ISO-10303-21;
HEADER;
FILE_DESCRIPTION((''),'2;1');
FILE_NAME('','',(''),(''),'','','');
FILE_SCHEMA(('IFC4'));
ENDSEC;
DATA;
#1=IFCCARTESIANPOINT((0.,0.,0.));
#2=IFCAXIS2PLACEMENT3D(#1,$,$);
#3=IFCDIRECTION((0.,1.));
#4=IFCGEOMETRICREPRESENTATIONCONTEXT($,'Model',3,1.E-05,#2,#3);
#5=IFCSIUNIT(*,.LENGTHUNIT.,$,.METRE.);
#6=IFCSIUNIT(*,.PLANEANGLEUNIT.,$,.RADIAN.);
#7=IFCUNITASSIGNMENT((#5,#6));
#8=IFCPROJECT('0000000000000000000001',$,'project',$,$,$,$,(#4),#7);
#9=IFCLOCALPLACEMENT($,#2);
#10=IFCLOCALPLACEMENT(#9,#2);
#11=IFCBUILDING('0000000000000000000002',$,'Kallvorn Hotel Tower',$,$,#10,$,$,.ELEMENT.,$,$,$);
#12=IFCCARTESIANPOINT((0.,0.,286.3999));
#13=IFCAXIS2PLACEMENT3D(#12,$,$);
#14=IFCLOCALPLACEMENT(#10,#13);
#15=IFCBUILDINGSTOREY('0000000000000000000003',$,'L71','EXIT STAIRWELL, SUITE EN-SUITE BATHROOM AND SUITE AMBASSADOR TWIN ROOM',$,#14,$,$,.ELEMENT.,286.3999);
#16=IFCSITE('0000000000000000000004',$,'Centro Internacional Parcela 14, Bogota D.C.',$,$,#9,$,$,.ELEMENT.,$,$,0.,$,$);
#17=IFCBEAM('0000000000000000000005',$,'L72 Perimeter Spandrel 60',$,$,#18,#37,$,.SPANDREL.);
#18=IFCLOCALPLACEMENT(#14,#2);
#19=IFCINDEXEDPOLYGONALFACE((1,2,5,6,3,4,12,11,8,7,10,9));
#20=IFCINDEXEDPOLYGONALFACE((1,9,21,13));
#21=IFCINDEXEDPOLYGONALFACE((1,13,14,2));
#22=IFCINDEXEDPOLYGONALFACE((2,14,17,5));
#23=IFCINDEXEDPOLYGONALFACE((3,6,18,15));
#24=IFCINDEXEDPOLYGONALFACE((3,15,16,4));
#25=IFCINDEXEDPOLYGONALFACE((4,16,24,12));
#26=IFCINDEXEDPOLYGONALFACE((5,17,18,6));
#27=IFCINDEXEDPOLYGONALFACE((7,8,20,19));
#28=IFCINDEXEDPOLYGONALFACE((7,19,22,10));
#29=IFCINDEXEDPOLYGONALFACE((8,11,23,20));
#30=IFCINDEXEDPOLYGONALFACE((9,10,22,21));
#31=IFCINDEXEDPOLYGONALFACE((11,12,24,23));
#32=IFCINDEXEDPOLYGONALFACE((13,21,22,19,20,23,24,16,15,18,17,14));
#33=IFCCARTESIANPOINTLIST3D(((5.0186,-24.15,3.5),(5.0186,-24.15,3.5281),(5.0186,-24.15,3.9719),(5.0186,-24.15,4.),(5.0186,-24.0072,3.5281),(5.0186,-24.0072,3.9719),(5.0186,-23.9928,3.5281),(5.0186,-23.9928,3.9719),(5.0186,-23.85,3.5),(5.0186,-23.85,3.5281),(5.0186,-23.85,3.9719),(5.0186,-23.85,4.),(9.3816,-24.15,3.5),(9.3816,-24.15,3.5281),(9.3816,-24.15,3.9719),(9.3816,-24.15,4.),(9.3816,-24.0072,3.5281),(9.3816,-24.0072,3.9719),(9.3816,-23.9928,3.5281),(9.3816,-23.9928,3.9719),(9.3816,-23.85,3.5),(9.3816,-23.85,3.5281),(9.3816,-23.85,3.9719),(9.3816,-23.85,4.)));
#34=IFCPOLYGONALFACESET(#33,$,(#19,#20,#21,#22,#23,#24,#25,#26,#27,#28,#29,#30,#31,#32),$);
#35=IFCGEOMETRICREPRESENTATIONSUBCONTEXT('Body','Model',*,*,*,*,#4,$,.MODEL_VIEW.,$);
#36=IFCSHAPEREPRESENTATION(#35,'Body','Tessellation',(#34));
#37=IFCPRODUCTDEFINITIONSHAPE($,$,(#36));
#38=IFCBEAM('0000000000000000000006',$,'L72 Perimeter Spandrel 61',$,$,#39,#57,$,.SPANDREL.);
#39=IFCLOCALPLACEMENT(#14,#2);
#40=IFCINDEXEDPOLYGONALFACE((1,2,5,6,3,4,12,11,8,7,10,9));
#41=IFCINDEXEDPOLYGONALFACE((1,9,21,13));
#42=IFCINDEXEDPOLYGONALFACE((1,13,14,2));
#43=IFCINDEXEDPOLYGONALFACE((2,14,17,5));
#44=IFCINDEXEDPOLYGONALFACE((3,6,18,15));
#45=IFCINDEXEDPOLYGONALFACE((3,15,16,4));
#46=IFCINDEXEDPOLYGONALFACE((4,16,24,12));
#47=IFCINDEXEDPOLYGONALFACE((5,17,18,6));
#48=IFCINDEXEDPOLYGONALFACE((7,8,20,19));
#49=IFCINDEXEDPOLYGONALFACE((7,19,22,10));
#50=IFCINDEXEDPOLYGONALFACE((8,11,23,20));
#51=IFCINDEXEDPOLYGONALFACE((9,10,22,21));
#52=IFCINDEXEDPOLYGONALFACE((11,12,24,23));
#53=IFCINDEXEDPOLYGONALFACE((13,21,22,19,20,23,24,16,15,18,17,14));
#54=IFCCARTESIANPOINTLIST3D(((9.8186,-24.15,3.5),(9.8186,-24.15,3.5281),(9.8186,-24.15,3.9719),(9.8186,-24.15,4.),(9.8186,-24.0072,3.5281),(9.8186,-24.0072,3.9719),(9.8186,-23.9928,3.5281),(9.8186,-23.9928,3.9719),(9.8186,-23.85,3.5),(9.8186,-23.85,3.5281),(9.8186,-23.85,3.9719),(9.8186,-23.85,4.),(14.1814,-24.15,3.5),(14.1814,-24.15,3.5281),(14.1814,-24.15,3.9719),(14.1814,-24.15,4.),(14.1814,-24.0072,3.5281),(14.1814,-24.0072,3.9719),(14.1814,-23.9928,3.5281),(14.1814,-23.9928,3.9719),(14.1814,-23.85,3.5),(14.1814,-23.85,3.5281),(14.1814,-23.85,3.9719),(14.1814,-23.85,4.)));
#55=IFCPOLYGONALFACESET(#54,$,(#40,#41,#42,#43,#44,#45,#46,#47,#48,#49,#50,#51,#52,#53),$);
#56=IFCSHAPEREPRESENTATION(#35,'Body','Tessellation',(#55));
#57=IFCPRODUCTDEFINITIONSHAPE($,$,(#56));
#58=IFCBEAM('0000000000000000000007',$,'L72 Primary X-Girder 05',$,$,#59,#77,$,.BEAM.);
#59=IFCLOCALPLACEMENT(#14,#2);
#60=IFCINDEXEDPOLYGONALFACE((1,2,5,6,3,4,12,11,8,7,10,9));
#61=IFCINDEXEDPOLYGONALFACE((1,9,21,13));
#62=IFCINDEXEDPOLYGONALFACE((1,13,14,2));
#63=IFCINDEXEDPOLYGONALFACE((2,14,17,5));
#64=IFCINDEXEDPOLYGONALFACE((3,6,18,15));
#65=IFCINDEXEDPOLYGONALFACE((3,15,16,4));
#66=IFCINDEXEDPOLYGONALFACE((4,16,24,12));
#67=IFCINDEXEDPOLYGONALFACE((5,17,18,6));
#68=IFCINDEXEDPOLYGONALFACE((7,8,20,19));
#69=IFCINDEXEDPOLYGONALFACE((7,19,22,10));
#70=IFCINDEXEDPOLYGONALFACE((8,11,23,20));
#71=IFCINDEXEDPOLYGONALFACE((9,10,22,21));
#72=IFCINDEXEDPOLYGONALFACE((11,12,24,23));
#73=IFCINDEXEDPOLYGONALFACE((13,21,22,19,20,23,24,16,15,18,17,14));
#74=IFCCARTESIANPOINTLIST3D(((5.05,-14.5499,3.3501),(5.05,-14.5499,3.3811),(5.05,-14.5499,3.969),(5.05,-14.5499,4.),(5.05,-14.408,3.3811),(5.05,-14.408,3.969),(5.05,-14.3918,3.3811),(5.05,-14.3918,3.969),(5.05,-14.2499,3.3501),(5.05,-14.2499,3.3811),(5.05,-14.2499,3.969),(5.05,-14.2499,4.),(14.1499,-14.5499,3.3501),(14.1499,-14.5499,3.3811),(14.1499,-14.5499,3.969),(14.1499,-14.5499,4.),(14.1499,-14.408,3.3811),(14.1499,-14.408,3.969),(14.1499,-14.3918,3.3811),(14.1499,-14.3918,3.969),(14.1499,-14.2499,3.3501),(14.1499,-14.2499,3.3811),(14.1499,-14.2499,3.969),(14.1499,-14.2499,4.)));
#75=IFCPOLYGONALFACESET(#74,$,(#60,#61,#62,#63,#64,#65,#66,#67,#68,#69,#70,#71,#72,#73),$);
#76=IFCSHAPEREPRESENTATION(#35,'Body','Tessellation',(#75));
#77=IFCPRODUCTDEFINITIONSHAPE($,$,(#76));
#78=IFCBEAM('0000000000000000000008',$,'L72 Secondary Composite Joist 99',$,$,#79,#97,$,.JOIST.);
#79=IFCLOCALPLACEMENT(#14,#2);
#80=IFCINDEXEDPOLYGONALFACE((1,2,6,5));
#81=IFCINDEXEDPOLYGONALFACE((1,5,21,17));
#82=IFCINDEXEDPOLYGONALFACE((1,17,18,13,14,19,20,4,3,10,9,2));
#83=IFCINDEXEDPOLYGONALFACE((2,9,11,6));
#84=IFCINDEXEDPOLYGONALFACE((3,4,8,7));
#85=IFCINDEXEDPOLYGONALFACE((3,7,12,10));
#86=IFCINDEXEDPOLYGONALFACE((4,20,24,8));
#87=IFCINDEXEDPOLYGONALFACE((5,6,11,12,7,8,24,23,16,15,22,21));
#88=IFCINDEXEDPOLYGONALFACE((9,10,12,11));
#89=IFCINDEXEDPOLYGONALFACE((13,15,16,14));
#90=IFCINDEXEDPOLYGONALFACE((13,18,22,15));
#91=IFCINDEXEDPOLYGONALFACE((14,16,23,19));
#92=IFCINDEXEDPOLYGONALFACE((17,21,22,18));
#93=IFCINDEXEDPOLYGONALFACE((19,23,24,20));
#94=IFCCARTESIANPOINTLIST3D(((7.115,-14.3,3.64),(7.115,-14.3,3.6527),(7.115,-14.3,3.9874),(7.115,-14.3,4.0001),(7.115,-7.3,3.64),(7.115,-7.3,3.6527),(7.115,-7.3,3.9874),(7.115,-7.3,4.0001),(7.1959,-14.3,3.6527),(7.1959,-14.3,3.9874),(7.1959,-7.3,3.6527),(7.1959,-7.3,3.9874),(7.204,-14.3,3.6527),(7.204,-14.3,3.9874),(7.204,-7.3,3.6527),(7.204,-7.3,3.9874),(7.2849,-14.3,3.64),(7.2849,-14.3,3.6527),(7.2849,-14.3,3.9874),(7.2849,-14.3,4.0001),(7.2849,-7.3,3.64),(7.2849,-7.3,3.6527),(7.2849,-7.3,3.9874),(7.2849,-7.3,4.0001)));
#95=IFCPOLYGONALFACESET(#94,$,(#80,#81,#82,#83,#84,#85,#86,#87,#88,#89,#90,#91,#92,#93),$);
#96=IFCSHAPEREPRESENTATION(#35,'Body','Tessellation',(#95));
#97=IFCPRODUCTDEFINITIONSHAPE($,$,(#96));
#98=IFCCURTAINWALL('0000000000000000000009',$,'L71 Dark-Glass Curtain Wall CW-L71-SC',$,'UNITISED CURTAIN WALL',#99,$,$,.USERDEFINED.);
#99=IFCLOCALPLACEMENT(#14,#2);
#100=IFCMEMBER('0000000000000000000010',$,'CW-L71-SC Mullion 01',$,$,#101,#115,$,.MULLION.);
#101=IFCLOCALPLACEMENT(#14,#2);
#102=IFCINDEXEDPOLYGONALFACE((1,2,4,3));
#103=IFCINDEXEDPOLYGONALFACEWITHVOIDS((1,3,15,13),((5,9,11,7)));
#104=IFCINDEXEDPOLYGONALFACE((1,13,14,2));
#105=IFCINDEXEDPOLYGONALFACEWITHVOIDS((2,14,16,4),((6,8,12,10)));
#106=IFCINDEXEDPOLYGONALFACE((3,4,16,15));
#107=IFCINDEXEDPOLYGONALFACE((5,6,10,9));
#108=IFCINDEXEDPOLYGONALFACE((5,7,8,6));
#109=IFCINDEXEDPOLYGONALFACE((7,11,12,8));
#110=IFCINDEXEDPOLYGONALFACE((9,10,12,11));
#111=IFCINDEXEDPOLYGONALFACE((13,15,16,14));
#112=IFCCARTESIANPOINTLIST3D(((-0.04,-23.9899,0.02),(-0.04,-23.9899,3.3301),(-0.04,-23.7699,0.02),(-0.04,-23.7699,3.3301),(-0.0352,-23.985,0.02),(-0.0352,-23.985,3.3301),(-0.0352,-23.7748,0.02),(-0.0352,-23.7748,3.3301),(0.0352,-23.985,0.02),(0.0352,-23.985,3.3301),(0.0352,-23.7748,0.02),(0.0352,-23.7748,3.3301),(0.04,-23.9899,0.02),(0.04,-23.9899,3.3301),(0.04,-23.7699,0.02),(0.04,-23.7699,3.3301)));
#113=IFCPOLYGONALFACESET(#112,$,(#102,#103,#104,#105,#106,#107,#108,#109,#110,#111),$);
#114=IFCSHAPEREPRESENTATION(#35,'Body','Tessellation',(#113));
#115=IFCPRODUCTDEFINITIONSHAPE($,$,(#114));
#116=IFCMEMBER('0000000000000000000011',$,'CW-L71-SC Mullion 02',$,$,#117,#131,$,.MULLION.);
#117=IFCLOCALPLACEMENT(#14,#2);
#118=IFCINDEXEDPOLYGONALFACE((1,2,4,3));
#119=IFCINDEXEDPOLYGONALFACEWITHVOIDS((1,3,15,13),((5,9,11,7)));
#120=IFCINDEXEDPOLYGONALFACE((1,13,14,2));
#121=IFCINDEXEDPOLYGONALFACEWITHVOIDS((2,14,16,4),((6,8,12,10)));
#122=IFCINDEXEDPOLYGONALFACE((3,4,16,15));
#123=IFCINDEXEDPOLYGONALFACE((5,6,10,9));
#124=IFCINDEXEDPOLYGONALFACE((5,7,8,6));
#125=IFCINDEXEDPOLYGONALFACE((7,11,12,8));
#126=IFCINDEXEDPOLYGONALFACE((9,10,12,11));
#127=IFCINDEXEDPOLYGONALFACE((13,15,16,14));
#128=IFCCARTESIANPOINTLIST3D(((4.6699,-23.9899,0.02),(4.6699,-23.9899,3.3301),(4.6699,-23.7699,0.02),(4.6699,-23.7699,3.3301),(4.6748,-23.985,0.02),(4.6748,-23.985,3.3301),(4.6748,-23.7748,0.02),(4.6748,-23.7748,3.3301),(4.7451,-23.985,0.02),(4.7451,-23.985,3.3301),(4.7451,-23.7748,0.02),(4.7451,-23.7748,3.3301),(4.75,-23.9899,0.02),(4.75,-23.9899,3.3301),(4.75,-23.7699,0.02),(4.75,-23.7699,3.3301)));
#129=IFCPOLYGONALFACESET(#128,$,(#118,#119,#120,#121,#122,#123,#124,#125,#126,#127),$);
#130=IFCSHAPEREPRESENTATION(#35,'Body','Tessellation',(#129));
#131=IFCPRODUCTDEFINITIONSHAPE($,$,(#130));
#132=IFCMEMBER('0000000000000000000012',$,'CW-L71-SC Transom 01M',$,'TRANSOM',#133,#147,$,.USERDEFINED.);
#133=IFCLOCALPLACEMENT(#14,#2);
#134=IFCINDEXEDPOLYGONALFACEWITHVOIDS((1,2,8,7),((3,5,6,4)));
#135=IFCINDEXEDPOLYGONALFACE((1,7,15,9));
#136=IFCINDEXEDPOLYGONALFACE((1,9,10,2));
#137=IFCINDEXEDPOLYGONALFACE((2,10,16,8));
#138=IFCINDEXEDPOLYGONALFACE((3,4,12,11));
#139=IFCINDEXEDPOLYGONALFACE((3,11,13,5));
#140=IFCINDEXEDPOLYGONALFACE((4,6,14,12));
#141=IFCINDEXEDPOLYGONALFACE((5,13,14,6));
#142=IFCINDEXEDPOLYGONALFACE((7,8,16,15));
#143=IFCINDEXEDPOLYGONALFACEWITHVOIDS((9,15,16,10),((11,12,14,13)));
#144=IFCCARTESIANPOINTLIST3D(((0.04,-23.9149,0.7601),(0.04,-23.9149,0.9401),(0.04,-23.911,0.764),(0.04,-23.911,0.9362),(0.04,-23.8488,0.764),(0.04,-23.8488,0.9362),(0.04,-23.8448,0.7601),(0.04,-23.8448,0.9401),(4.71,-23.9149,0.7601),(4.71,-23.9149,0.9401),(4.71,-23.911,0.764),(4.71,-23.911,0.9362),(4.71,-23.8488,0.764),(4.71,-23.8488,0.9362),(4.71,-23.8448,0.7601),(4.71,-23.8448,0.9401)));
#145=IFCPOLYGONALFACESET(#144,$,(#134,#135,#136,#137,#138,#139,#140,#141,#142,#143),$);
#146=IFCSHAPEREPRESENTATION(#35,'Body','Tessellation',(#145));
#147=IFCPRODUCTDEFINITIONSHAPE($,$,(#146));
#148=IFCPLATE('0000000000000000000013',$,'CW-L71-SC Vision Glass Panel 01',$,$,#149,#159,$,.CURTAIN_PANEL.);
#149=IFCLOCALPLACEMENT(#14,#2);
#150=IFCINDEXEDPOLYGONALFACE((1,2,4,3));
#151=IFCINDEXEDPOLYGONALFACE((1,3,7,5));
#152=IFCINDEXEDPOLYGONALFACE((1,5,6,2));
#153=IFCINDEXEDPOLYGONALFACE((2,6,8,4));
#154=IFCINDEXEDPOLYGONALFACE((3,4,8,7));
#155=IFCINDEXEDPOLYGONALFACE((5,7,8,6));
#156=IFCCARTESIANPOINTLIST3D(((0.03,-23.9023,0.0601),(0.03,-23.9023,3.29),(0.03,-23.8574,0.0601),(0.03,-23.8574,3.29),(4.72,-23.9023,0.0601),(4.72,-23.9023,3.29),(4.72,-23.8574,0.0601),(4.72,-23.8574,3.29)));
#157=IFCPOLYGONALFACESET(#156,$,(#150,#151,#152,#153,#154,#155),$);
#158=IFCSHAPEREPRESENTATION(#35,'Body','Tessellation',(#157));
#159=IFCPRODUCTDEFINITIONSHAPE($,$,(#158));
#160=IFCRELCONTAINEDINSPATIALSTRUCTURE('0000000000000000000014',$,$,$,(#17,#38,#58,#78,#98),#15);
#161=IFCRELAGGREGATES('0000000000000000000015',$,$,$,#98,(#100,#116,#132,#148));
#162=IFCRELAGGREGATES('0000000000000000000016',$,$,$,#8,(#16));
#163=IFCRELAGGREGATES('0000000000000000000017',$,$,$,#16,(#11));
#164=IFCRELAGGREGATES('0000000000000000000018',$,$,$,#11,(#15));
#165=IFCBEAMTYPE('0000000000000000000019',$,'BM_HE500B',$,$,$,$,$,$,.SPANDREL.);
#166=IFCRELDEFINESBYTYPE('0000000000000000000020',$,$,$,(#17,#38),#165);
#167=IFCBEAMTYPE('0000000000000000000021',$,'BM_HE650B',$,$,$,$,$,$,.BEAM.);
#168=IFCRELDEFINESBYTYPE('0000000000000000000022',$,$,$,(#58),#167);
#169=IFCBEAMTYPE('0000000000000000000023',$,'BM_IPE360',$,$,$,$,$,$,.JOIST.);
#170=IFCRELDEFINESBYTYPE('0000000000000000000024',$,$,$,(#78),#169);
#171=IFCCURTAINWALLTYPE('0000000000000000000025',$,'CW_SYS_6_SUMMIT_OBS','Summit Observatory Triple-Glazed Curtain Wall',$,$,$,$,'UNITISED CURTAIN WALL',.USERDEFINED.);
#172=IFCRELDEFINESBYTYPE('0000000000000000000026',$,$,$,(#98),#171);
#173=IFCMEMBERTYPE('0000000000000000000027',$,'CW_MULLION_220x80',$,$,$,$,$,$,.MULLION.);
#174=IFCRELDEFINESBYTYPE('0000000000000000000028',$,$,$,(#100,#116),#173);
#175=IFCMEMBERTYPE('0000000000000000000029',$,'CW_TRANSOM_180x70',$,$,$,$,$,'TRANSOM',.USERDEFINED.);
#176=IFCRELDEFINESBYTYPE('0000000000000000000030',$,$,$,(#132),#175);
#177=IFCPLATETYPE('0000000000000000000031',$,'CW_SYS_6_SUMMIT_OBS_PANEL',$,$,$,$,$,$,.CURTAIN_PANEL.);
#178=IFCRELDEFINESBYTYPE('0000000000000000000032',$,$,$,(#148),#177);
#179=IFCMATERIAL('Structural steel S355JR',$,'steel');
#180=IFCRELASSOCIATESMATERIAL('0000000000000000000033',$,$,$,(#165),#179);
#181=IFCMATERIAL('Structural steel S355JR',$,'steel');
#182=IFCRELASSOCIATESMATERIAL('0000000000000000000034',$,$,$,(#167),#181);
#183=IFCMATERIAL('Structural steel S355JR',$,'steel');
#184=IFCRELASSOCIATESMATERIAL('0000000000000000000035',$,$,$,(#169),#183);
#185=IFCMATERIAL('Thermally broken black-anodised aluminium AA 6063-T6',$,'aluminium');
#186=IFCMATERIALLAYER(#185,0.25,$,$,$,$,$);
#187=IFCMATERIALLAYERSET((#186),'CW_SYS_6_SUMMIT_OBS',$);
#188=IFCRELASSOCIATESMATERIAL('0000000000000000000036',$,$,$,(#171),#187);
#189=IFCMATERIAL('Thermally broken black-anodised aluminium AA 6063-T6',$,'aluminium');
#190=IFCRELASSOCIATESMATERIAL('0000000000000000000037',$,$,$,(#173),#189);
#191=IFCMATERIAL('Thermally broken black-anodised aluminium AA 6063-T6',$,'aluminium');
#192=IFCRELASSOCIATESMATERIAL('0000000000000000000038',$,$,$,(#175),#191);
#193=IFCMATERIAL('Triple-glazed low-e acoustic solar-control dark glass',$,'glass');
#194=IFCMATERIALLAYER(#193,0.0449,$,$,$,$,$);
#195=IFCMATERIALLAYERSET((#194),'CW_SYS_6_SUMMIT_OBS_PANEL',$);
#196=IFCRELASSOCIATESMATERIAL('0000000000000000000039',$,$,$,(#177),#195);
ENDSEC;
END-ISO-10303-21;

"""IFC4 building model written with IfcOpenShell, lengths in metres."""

from ifc_helpers import new_model, si_unit, direction, frame, origin, origin_2d, place, context, subcontext, project, spatial, rectangle, hollow_rectangle, i_section, extrude, material, layer, layer_set, material_profile, profile_set, type_object, element, aggregate, save


model = new_model("IFC4")

# Units and contexts
model_context = context("Model", 3, precision=1e-05, world=origin(), true_north=direction((0.0, 1.0)))
body_context = subcontext(model_context, "Body", "Model", "MODEL_VIEW")
ifc_project = project(units=[si_unit("LENGTHUNIT", "METRE"), si_unit("PLANEANGLEUNIT", "RADIAN")], contexts=[model_context])

# Site, building, storey
site_placement = place(None, origin())
site = spatial("IfcSite", under=ifc_project, at=site_placement, Name="Centro Internacional Parcela 14, Bogota D.C.", CompositionType="ELEMENT", RefElevation=0.0)
building_placement = place(site_placement, origin())
building = spatial("IfcBuilding", under=site, at=building_placement, Name="Kallvorn Hotel Tower", CompositionType="ELEMENT")
storey_placement = place(building_placement, frame((0.0, 0.0, 286.3999)))
storey = spatial("IfcBuildingStorey", under=building, at=storey_placement, Name="L71", Description="EXIT STAIRWELL, SUITE EN-SUITE BATHROOM AND SUITE AMBASSADOR TWIN ROOM", CompositionType="ELEMENT", Elevation=286.3999)

# Beams
ifc_material_1 = material(Name="Structural steel S355JR", Category="steel")
ifc_material_profile_1 = material_profile(ifc_material_1, i_section(OverallWidth=0.3, OverallDepth=0.5, WebThickness=0.0144, FlangeThickness=0.0281, at=origin_2d()), Name="HE 500 B")
ifc_profile_set_1 = profile_set([ifc_material_profile_1], Name="Structural steel S355JR")
beam_type_1 = type_object("IfcBeamType", Name="BM_HE500B", PredefinedType="SPANDREL", material=ifc_profile_set_1)
for number, where, z_axis, x_axis, name in (
    (1, (5.0186, -24.0, 3.75), (1.0, 0.0, 0.0), (0.0, 1.0, 0.0), "L72 Perimeter Spandrel 60"),
):
    element("IfcBeam", number, at=place(storey_placement, frame(where, z_axis=z_axis, x_axis=x_axis)), inside=storey, type_object=beam_type_1, Name=name, PredefinedType="SPANDREL", context=body_context, shape_type="SweptSolid", body=[
        extrude(i_section(OverallWidth=0.3, OverallDepth=0.5, WebThickness=0.0144, FlangeThickness=0.0281, at=origin_2d()), origin(), (0.0, 0.0, 1.0), 4.363),
    ])
beam_1_placement = place(storey_placement, frame((9.8186, -24.0, 3.75), z_axis=(1.0, 0.0, 0.0), x_axis=(0.0, 1.0, 0.0)))
element("IfcBeam", 2, at=beam_1_placement, inside=storey, type_object=beam_type_1, Name="L72 Perimeter Spandrel 61", PredefinedType="SPANDREL", context=body_context, shape_type="SweptSolid", body=[
    extrude(i_section(OverallWidth=0.3, OverallDepth=0.5, WebThickness=0.0144, FlangeThickness=0.0281, at=origin_2d()), origin(), (0.0, 0.0, 1.0), 4.3628),
])
ifc_material_2 = material(Name="Structural steel S355JR", Category="steel")
ifc_material_profile_2 = material_profile(ifc_material_2, i_section(OverallWidth=0.3, OverallDepth=0.6499, WebThickness=0.0161, FlangeThickness=0.031, at=origin_2d()), Name="HE 650 B")
ifc_profile_set_2 = profile_set([ifc_material_profile_2], Name="Structural steel S355JR")
beam_type_2 = type_object("IfcBeamType", Name="BM_HE650B", PredefinedType="BEAM", material=ifc_profile_set_2)
beam_2_placement = place(storey_placement, frame((5.05, -14.3999, 3.675), z_axis=(1.0, 0.0, 0.0), x_axis=(0.0, 1.0, 0.0)))
element("IfcBeam", 3, at=beam_2_placement, inside=storey, type_object=beam_type_2, Name="L72 Primary X-Girder 05", PredefinedType="BEAM", context=body_context, shape_type="SweptSolid", body=[
    extrude(i_section(OverallWidth=0.3, OverallDepth=0.6499, WebThickness=0.0161, FlangeThickness=0.031, at=origin_2d()), origin(), (0.0, 0.0, 1.0), 9.0999),
])
ifc_material_3 = material(Name="Structural steel S355JR", Category="steel")
ifc_material_profile_3 = material_profile(ifc_material_3, i_section(OverallWidth=0.1699, OverallDepth=0.3601, WebThickness=0.0081, FlangeThickness=0.0127, at=origin_2d()), Name="IPE 360")
ifc_profile_set_3 = profile_set([ifc_material_profile_3], Name="Structural steel S355JR")
beam_type_3 = type_object("IfcBeamType", Name="BM_IPE360", PredefinedType="JOIST", material=ifc_profile_set_3)
beam_3_placement = place(storey_placement, frame((7.2, -14.3, 3.8201), z_axis=(0.0, 1.0, 0.0), x_axis=(-1.0, 0.0, 0.0)))
element("IfcBeam", 4, at=beam_3_placement, inside=storey, type_object=beam_type_3, Name="L72 Secondary Composite Joist 99", PredefinedType="JOIST", context=body_context, shape_type="SweptSolid", body=[
    extrude(i_section(OverallWidth=0.1699, OverallDepth=0.3601, WebThickness=0.0081, FlangeThickness=0.0127, at=origin_2d()), origin(), (0.0, 0.0, 1.0), 7.0),
])

# Curtain wall, members, plate
ifc_material_4 = material(Name="Thermally broken black-anodised aluminium AA 6063-T6", Category="aluminium")
ifc_layer_1 = layer(ifc_material_4, 0.25)
ifc_layer_set_1 = layer_set([ifc_layer_1], Name="CW_SYS_6_SUMMIT_OBS")
curtain_wall_type = type_object("IfcCurtainWallType", Name="CW_SYS_6_SUMMIT_OBS", Description="Summit Observatory Triple-Glazed Curtain Wall", ElementType="UNITISED CURTAIN WALL", PredefinedType="USERDEFINED", material=ifc_layer_set_1)
curtain_wall_placement = place(storey_placement, origin())
curtain_wall = element("IfcCurtainWall", 5, at=curtain_wall_placement, inside=storey, type_object=curtain_wall_type, Name="L71 Dark-Glass Curtain Wall CW-L71-SC", ObjectType="UNITISED CURTAIN WALL", PredefinedType="USERDEFINED")
ifc_material_5 = material(Name="Thermally broken black-anodised aluminium AA 6063-T6", Category="aluminium")
ifc_material_profile_4 = material_profile(ifc_material_5, hollow_rectangle(XDim=0.0801, YDim=0.22, WallThickness=0.0049, at=origin_2d()), Name="MUL 220x80")
ifc_profile_set_4 = profile_set([ifc_material_profile_4], Name="Thermally broken black-anodised aluminium AA 6063-T6")
member_type_1 = type_object("IfcMemberType", Name="CW_MULLION_220x80", PredefinedType="MULLION", material=ifc_profile_set_4)
member_1_placement = place(storey_placement, frame((0.0, -23.8799, 0.02), z_axis=(0.0, 0.0, 1.0), x_axis=(1.0, 0.0, 0.0)))
member_1 = element("IfcMember", 6, at=member_1_placement, type_object=member_type_1, Name="CW-L71-SC Mullion 01", PredefinedType="MULLION", context=body_context, shape_type="SweptSolid", body=[
    extrude(hollow_rectangle(XDim=0.0801, YDim=0.22, WallThickness=0.0049, at=origin_2d()), origin(), (0.0, 0.0, 1.0), 3.3101),
])
member_2_placement = place(storey_placement, frame((4.71, -23.8799, 0.02), z_axis=(0.0, 0.0, 1.0), x_axis=(1.0, 0.0, 0.0)))
member_2 = element("IfcMember", 7, at=member_2_placement, type_object=member_type_1, Name="CW-L71-SC Mullion 02", PredefinedType="MULLION", context=body_context, shape_type="SweptSolid", body=[
    extrude(hollow_rectangle(XDim=0.0801, YDim=0.22, WallThickness=0.0049, at=origin_2d()), origin(), (0.0, 0.0, 1.0), 3.3101),
])
ifc_material_6 = material(Name="Thermally broken black-anodised aluminium AA 6063-T6", Category="aluminium")
ifc_material_profile_5 = material_profile(ifc_material_6, hollow_rectangle(XDim=0.0701, YDim=0.1799, WallThickness=0.0039, at=origin_2d()), Name="TRN 180x70")
ifc_profile_set_5 = profile_set([ifc_material_profile_5], Name="Thermally broken black-anodised aluminium AA 6063-T6")
member_type_2 = type_object("IfcMemberType", Name="CW_TRANSOM_180x70", ElementType="TRANSOM", PredefinedType="USERDEFINED", material=ifc_profile_set_5)
member_3_placement = place(storey_placement, frame((0.04, -23.8799, 0.8501), z_axis=(1.0, 0.0, 0.0), x_axis=(0.0, 1.0, 0.0)))
member_3 = element("IfcMember", 8, at=member_3_placement, type_object=member_type_2, Name="CW-L71-SC Transom 01M", ObjectType="TRANSOM", PredefinedType="USERDEFINED", context=body_context, shape_type="SweptSolid", body=[
    extrude(hollow_rectangle(XDim=0.0701, YDim=0.1799, WallThickness=0.0039, at=origin_2d()), origin(), (0.0, 0.0, 1.0), 4.6699),
])
ifc_material_7 = material(Name="Triple-glazed low-e acoustic solar-control dark glass", Category="glass")
ifc_layer_2 = layer(ifc_material_7, 0.0449)
ifc_layer_set_2 = layer_set([ifc_layer_2], Name="CW_SYS_6_SUMMIT_OBS_PANEL")
plate_type = type_object("IfcPlateType", Name="CW_SYS_6_SUMMIT_OBS_PANEL", PredefinedType="CURTAIN_PANEL", material=ifc_layer_set_2)
plate_placement = place(storey_placement, frame((2.375, -23.8799, 0.0601), z_axis=(0.0, 0.0, 1.0), x_axis=(1.0, 0.0, 0.0)))
plate = element("IfcPlate", 9, at=plate_placement, type_object=plate_type, Name="CW-L71-SC Vision Glass Panel 01", PredefinedType="CURTAIN_PANEL", context=body_context, shape_type="SweptSolid", body=[
    extrude(rectangle(XDim=4.6899, YDim=0.0449, at=origin_2d()), origin(), (0.0, 0.0, 1.0), 3.23),
])
aggregate(curtain_wall, [member_1, member_2, member_3, plate])

save(model, "model.ifc")
